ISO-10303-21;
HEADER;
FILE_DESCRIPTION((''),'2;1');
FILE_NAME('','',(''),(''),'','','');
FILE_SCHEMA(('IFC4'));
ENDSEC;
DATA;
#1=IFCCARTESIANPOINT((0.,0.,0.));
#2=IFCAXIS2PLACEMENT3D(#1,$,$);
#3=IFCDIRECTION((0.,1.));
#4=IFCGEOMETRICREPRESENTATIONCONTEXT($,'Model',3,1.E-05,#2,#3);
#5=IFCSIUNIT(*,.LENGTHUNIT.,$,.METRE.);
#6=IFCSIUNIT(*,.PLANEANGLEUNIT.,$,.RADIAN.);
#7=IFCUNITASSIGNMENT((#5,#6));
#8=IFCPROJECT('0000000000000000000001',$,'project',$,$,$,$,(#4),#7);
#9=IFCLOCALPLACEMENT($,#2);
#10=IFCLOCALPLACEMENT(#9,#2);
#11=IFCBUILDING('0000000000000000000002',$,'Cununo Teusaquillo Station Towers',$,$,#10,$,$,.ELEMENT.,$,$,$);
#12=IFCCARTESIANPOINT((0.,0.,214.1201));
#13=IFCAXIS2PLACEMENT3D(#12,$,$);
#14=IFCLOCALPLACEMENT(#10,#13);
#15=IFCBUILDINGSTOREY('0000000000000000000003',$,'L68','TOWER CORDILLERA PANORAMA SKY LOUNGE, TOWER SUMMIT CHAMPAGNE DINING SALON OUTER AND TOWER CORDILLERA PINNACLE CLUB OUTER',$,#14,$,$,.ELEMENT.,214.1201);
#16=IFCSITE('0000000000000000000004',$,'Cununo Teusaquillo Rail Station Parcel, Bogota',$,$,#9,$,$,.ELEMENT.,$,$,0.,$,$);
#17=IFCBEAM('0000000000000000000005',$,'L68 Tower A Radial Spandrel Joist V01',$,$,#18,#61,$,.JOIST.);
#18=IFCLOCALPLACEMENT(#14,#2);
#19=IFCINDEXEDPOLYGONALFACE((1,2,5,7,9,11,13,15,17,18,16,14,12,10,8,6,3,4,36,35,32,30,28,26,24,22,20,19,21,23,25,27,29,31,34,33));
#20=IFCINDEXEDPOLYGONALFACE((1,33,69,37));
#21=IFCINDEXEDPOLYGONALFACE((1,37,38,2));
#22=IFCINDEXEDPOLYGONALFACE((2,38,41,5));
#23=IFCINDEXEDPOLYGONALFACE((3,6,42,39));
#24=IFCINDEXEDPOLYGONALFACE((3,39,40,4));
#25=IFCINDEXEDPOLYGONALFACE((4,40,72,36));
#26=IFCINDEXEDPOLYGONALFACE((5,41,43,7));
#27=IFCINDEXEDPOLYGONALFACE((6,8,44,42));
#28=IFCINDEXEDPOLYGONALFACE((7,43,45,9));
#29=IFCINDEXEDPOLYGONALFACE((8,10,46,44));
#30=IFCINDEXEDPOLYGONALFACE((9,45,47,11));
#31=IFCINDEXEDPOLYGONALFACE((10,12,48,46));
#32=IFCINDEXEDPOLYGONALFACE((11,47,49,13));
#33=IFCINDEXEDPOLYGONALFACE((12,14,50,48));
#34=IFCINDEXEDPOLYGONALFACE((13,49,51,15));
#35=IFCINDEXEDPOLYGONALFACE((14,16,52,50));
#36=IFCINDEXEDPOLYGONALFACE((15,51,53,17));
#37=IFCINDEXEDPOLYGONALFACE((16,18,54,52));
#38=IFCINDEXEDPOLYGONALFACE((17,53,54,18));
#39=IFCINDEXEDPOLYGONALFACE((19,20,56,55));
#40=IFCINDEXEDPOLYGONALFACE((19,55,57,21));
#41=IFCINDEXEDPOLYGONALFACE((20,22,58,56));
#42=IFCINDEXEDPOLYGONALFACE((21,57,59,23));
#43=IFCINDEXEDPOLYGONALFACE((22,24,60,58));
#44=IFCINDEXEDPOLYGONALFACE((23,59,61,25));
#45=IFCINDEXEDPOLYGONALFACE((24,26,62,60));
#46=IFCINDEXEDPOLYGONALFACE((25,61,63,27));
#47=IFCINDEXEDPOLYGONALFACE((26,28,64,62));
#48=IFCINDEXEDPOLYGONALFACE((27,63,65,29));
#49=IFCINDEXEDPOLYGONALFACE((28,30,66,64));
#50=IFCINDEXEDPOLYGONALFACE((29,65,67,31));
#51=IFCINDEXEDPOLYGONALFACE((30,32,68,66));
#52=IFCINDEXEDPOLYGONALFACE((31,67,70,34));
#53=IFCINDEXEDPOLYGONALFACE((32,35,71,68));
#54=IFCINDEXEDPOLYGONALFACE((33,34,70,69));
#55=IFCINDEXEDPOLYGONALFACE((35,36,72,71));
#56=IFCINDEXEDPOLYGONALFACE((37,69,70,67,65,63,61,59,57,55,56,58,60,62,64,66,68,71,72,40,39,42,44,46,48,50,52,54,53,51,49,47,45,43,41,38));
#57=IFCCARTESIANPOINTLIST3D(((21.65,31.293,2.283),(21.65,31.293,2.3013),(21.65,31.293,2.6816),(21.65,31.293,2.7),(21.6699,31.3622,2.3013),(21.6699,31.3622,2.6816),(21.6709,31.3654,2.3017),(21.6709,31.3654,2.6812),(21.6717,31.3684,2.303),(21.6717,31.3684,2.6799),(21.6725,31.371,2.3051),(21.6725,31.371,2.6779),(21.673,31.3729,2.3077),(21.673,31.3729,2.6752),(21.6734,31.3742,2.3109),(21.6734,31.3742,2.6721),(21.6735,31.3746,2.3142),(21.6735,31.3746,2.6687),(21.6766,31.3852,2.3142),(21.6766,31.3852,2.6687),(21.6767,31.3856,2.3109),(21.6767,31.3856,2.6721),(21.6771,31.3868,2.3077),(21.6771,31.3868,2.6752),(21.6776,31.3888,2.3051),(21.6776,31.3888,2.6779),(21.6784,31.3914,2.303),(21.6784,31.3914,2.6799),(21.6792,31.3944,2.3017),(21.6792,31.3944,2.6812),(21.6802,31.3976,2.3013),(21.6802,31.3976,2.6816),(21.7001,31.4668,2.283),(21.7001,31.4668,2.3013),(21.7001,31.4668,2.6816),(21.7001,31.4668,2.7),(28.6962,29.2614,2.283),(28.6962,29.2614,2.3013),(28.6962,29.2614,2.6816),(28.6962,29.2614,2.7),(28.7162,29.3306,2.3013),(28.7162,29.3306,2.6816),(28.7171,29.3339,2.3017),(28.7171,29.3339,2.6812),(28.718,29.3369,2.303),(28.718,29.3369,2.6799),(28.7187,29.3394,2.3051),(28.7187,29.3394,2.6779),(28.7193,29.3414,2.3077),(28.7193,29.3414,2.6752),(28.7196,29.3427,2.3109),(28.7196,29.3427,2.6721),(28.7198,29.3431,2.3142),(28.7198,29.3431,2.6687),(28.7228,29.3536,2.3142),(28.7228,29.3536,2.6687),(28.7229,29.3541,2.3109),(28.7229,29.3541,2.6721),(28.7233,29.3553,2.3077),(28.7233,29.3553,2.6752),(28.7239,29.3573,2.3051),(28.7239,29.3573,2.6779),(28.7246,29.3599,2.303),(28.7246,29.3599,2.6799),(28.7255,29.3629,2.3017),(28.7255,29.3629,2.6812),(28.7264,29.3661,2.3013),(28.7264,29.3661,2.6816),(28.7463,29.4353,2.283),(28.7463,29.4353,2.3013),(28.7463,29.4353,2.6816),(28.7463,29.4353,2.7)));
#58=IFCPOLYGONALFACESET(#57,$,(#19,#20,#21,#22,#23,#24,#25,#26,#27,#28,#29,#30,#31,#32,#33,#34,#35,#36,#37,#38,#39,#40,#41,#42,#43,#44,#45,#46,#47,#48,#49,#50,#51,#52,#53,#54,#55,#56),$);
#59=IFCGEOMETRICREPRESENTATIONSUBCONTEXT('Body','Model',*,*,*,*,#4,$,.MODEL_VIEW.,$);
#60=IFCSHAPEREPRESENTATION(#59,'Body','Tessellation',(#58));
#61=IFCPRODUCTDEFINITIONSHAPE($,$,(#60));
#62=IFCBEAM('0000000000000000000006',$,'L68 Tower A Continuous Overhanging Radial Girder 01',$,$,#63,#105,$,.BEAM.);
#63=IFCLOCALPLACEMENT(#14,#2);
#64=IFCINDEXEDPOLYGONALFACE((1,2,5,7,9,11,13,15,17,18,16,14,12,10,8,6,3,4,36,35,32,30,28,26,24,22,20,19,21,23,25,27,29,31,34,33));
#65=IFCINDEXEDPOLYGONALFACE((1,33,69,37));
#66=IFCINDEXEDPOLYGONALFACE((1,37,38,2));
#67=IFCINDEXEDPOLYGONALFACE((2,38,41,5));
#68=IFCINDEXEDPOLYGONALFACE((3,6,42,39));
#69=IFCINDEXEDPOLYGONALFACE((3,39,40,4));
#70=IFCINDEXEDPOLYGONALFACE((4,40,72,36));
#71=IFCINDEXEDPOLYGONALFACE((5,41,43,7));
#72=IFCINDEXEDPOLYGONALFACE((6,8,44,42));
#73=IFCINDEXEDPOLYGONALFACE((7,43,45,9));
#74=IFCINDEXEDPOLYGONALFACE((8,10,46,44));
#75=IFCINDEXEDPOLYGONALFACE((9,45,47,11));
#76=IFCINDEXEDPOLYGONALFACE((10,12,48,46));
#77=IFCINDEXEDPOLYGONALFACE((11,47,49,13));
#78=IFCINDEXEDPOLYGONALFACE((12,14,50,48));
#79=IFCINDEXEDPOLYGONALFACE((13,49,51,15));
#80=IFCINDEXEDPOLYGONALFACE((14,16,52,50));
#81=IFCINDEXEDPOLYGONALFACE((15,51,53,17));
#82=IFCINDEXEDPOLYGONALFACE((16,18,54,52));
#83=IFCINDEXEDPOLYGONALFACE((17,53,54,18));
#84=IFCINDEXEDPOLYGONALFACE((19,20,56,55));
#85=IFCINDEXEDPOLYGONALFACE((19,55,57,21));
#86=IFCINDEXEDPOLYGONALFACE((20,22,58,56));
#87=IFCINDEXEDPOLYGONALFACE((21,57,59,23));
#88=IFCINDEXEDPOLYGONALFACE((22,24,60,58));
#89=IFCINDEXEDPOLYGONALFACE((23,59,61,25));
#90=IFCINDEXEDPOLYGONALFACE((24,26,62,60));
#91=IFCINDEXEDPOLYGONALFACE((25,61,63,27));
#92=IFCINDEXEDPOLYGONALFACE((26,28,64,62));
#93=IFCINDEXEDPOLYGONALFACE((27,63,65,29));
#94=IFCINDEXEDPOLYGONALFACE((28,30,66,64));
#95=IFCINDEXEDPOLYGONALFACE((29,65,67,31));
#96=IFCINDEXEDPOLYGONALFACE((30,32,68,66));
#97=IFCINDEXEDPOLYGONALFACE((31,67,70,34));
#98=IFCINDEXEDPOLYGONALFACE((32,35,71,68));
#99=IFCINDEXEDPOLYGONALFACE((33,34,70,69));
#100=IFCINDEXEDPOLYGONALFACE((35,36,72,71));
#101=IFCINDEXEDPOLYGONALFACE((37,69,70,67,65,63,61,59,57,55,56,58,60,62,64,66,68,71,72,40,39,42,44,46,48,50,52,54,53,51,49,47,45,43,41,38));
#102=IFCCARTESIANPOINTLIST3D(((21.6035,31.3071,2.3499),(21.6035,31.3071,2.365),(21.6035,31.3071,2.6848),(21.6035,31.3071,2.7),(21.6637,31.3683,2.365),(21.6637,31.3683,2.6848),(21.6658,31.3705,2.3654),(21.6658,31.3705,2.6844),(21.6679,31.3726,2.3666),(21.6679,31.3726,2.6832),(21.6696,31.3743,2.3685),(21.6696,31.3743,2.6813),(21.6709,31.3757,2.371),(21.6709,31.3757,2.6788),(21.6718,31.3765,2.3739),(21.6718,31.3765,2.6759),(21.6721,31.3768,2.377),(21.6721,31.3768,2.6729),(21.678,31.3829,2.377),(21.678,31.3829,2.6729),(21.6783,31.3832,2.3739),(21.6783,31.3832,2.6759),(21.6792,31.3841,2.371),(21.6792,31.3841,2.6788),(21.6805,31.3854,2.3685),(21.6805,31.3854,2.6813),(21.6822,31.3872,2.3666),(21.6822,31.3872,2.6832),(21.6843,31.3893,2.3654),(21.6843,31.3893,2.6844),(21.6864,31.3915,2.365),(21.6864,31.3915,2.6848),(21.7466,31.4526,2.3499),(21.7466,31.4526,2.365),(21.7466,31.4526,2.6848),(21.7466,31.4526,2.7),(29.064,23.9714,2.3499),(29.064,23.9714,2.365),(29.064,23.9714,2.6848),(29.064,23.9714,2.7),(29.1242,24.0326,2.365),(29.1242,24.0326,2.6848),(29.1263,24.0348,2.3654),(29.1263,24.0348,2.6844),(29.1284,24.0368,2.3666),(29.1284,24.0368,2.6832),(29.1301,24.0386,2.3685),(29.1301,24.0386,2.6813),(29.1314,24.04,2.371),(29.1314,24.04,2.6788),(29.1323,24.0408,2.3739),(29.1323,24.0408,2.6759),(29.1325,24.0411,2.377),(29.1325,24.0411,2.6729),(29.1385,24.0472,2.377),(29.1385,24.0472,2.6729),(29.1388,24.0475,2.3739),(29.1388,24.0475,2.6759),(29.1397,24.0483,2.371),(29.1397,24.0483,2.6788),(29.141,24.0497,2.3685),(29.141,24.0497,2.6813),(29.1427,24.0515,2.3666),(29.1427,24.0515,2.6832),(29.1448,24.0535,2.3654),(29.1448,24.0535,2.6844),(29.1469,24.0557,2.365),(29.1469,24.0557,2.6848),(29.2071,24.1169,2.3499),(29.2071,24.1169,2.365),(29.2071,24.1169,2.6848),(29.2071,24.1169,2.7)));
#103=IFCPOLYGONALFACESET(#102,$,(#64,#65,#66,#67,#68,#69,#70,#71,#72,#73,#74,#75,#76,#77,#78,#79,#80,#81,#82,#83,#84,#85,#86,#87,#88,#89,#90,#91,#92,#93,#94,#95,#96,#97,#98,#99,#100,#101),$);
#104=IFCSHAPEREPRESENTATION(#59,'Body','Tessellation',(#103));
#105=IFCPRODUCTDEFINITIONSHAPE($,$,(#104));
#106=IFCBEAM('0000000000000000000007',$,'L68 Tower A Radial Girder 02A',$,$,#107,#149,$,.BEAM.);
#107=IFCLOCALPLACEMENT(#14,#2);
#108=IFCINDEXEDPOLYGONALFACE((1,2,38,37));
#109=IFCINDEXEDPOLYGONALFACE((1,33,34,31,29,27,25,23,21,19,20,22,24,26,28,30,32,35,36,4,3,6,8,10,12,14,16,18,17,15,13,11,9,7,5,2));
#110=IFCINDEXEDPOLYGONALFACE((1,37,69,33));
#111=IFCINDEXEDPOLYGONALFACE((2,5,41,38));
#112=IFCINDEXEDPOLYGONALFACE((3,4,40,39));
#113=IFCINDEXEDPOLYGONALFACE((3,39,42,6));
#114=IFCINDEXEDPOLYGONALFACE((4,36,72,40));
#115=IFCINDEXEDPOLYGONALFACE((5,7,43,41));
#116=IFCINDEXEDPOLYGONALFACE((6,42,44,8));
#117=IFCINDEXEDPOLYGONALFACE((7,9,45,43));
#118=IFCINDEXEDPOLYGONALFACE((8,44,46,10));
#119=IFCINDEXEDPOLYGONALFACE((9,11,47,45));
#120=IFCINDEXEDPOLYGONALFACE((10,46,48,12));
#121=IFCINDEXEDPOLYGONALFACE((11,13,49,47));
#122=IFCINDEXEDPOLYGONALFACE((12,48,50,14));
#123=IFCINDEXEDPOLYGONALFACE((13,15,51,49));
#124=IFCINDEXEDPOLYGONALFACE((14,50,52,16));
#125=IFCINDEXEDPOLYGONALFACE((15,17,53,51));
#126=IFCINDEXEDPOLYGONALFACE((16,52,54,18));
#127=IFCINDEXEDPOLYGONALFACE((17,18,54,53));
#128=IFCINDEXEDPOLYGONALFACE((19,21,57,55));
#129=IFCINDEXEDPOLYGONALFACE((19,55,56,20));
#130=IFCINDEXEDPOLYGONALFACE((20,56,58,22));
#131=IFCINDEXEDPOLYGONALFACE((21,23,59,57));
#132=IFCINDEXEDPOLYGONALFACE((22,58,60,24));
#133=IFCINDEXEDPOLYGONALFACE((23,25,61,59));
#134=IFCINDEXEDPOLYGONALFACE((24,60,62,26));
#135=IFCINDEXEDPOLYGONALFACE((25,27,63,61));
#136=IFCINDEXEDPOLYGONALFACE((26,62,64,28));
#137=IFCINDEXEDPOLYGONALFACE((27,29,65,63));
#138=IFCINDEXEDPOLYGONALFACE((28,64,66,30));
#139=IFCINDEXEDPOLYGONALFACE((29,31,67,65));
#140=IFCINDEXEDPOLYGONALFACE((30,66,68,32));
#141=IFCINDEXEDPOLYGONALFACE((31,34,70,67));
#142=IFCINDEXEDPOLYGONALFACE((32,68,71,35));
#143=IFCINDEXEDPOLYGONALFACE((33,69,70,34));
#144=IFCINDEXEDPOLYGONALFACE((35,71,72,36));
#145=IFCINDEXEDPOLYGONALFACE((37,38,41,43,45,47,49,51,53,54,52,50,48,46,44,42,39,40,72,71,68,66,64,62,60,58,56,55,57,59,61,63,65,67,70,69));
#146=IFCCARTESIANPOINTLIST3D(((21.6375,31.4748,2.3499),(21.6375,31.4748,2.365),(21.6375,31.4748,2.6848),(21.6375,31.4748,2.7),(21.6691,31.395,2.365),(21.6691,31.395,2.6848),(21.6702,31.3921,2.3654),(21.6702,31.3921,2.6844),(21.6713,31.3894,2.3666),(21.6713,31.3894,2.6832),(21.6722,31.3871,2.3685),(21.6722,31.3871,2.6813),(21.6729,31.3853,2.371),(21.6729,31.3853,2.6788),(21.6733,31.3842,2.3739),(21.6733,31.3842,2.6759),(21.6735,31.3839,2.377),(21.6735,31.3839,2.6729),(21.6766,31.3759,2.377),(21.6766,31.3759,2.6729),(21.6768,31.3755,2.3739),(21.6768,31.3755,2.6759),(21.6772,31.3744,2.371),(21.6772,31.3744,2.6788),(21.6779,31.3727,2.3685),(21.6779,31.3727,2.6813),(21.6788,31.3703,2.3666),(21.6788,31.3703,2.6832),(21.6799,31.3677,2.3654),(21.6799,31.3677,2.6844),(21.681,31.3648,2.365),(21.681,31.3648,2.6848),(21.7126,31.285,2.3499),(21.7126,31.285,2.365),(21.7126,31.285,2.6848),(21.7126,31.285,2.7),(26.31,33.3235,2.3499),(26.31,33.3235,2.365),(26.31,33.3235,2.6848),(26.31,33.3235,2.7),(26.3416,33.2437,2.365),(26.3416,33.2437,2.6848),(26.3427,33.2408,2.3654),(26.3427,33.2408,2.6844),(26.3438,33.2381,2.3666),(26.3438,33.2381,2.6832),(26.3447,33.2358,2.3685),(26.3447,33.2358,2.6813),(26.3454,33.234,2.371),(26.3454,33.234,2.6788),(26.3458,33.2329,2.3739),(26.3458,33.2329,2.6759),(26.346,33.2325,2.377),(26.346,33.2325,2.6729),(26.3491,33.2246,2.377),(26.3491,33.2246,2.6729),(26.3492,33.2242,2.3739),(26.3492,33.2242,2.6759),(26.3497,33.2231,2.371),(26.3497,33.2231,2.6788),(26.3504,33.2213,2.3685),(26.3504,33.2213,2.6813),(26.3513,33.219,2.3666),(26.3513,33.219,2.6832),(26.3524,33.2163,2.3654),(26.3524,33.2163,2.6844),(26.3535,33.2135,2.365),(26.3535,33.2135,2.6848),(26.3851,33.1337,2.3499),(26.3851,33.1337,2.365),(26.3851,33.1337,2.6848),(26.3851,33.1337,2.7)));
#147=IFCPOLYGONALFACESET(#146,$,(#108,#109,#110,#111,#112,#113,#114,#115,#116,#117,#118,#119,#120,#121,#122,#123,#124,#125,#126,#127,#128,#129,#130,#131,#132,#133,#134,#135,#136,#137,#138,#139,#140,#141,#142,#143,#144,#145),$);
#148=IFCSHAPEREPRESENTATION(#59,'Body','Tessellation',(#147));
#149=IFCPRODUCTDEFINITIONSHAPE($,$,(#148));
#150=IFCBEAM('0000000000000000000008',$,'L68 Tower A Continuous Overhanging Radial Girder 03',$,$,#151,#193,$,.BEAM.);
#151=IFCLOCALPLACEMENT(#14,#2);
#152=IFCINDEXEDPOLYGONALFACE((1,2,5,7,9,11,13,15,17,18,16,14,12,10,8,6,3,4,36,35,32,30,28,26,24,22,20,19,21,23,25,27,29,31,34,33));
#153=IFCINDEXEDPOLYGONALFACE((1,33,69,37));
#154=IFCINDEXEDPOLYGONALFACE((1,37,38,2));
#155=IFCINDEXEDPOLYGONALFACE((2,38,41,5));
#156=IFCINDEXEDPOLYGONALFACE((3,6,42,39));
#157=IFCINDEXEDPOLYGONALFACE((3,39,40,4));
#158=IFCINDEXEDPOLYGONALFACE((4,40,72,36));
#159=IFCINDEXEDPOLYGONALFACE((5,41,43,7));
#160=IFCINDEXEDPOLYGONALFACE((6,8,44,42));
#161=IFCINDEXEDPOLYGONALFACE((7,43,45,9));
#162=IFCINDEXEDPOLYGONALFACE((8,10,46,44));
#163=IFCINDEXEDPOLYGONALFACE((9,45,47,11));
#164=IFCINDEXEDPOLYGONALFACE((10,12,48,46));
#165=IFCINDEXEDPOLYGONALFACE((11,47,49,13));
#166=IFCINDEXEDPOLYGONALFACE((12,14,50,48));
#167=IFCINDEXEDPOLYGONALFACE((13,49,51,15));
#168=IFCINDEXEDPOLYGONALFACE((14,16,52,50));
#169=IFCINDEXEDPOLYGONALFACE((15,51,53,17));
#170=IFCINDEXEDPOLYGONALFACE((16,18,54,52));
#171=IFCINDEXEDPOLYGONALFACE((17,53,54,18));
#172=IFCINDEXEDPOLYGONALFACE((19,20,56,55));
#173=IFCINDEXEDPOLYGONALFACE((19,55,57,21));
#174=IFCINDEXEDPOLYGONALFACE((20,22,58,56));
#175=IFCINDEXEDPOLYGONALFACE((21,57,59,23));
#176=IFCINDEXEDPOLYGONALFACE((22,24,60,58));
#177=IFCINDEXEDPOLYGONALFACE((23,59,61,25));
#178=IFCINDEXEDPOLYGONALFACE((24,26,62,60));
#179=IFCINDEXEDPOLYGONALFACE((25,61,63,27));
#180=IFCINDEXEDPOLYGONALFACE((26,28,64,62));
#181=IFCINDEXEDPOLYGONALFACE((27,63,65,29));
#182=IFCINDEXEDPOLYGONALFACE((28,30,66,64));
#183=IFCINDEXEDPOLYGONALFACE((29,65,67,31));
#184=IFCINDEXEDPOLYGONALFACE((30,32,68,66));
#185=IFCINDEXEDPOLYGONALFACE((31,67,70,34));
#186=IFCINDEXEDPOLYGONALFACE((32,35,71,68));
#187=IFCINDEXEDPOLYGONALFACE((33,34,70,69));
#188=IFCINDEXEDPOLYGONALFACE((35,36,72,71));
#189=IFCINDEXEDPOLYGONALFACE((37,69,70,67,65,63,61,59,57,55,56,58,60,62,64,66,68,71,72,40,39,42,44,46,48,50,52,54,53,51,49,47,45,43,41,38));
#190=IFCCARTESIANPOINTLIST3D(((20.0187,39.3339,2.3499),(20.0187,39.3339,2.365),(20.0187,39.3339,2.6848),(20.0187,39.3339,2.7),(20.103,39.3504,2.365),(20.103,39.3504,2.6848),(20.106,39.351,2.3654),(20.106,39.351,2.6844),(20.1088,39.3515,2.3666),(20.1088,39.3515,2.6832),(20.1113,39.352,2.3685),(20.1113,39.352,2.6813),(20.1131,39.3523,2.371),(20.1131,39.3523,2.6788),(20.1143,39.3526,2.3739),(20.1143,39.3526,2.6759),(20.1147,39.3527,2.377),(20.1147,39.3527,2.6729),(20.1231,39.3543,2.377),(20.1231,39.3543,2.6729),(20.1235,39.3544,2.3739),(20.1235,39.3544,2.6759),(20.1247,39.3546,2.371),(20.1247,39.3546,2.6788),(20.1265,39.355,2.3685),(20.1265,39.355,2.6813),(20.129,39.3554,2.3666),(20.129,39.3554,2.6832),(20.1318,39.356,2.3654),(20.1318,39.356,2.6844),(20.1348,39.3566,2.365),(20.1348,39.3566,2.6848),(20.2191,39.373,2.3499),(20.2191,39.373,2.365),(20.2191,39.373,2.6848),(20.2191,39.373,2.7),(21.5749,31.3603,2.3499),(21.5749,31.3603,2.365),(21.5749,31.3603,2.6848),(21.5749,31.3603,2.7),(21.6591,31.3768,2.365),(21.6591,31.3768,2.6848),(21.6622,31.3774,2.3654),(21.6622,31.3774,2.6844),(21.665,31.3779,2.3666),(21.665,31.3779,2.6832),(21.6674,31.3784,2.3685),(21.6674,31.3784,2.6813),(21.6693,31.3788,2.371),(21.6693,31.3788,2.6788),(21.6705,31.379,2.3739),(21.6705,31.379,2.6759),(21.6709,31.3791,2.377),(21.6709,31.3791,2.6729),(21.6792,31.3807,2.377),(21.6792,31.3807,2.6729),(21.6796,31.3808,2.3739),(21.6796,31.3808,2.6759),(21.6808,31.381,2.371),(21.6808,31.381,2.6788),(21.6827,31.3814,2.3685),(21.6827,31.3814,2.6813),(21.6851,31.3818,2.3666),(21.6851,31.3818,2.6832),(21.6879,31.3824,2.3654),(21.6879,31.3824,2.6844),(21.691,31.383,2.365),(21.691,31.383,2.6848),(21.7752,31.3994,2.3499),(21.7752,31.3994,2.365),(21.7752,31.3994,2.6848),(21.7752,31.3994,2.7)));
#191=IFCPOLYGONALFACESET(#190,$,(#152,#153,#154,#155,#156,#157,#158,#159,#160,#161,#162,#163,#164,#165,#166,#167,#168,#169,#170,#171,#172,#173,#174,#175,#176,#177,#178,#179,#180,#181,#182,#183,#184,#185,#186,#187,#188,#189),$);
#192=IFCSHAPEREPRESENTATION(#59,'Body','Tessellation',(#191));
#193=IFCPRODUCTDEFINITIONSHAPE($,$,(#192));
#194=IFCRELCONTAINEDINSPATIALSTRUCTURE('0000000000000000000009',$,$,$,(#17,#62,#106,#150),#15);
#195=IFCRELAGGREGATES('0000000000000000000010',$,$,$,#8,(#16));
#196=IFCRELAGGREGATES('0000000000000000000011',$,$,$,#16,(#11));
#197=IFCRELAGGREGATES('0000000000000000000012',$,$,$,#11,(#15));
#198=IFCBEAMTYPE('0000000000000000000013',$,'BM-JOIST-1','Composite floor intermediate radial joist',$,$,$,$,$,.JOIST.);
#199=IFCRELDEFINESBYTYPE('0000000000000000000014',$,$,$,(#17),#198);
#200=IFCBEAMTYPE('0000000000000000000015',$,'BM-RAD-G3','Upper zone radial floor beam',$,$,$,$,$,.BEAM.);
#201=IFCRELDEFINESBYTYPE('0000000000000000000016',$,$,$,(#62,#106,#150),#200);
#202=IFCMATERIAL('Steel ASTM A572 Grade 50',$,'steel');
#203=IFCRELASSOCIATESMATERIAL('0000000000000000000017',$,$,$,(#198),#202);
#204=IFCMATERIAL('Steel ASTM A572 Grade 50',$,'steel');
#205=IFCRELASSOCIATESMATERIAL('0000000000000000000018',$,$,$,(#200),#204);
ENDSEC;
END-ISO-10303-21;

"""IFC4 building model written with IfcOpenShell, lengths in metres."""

from ifc_helpers import new_model, si_unit, direction, frame, origin, origin_2d, place, context, subcontext, project, spatial, i_section, extrude, material, material_profile, profile_set, type_object, element, save


model = new_model("IFC4")

# Units and contexts
model_context = context("Model", 3, precision=1e-05, world=origin(), true_north=direction((0.0, 1.0)))
body_context = subcontext(model_context, "Body", "Model", "MODEL_VIEW")
ifc_project = project(units=[si_unit("LENGTHUNIT", "METRE"), si_unit("PLANEANGLEUNIT", "RADIAN")], contexts=[model_context])

# Site, building, storey
site_placement = place(None, origin())
site = spatial("IfcSite", under=ifc_project, at=site_placement, Name="Cununo Teusaquillo Rail Station Parcel, Bogota", CompositionType="ELEMENT", RefElevation=0.0)
building_placement = place(site_placement, origin())
building = spatial("IfcBuilding", under=site, at=building_placement, Name="Cununo Teusaquillo Station Towers", CompositionType="ELEMENT")
storey_placement = place(building_placement, frame((0.0, 0.0, 214.1201)))
storey = spatial("IfcBuildingStorey", under=building, at=storey_placement, Name="L68", Description="TOWER CORDILLERA PANORAMA SKY LOUNGE, TOWER SUMMIT CHAMPAGNE DINING SALON OUTER AND TOWER CORDILLERA PINNACLE CLUB OUTER", CompositionType="ELEMENT", Elevation=214.1201)

# Beams
ifc_material_1 = material(Name="Steel ASTM A572 Grade 50", Category="steel")
ifc_material_profile_1 = material_profile(ifc_material_1, i_section(OverallWidth=0.1809, OverallDepth=0.417, WebThickness=0.011, FlangeThickness=0.0183, FilletRadius=0.0129, at=origin_2d()), Name="W16X57")
ifc_profile_set_1 = profile_set([ifc_material_profile_1], Name="Steel ASTM A572 Grade 50")
beam_type_1 = type_object("IfcBeamType", Name="BM-JOIST-1", Description="Composite floor intermediate radial joist", PredefinedType="JOIST", material=ifc_profile_set_1)
beam_1_placement = place(storey_placement, frame((21.675, 31.3799, 2.4915), z_axis=(0.960862, -0.277029, 0.0), x_axis=(0.277029, 0.960862, 0.0)))
element("IfcBeam", 1, at=beam_1_placement, inside=storey, type_object=beam_type_1, Name="L68 Tower A Radial Spandrel Joist V01", PredefinedType="JOIST", context=body_context, shape_type="SweptSolid", body=[
    extrude(i_section(OverallWidth=0.1809, OverallDepth=0.417, WebThickness=0.011, FlangeThickness=0.0183, FilletRadius=0.0129, at=origin_2d()), origin(), (0.0, 0.0, 1.0), 7.3333),
])
ifc_material_2 = material(Name="Steel ASTM A572 Grade 50", Category="steel")
ifc_material_profile_2 = material_profile(ifc_material_2, i_section(OverallWidth=0.2041, OverallDepth=0.3501, WebThickness=0.0085, FlangeThickness=0.0151, FilletRadius=0.012, at=origin_2d()), Name="W14X48")
ifc_profile_set_2 = profile_set([ifc_material_profile_2], Name="Steel ASTM A572 Grade 50")
beam_type_2 = type_object("IfcBeamType", Name="BM-RAD-G3", Description="Upper zone radial floor beam", PredefinedType="BEAM", material=ifc_profile_set_2)
beam_2_placement = place(storey_placement, frame((21.675, 31.3799, 2.5249), z_axis=(0.713044, -0.70112, 0.0), x_axis=(0.70112, 0.713044, 0.0)))
element("IfcBeam", 2, at=beam_2_placement, inside=storey, type_object=beam_type_2, Name="L68 Tower A Continuous Overhanging Radial Girder 01", PredefinedType="BEAM", context=body_context, shape_type="SweptSolid", body=[
    extrude(i_section(OverallWidth=0.2041, OverallDepth=0.3501, WebThickness=0.0085, FlangeThickness=0.0151, FilletRadius=0.012, at=origin_2d()), origin(), (0.0, 0.0, 1.0), 10.4629),
])
beam_3_placement = place(storey_placement, frame((21.675, 31.3799, 2.5249), z_axis=(0.929864, 0.367903, 0.0), x_axis=(-0.367903, 0.929864, 0.0)))
element("IfcBeam", 3, at=beam_3_placement, inside=storey, type_object=beam_type_2, Name="L68 Tower A Radial Girder 02A", PredefinedType="BEAM", context=body_context, shape_type="SweptSolid", body=[
    extrude(i_section(OverallWidth=0.2041, OverallDepth=0.3501, WebThickness=0.0085, FlangeThickness=0.0151, FilletRadius=0.012, at=origin_2d()), origin(), (0.0, 0.0, 1.0), 5.0249),
])
beam_4_placement = place(storey_placement, frame((21.675, 31.3799, 2.5249), z_axis=(-0.191548, 0.981483, 0.0), x_axis=(-0.981483, -0.191548, 0.0)))
element("IfcBeam", 4, at=beam_4_placement, inside=storey, type_object=beam_type_2, Name="L68 Tower A Continuous Overhanging Radial Girder 03", PredefinedType="BEAM", context=body_context, shape_type="SweptSolid", body=[
    extrude(i_section(OverallWidth=0.2041, OverallDepth=0.3501, WebThickness=0.0085, FlangeThickness=0.0151, FilletRadius=0.012, at=origin_2d()), origin(), (0.0, 0.0, 1.0), 8.124),
])

save(model, "model.ifc")
